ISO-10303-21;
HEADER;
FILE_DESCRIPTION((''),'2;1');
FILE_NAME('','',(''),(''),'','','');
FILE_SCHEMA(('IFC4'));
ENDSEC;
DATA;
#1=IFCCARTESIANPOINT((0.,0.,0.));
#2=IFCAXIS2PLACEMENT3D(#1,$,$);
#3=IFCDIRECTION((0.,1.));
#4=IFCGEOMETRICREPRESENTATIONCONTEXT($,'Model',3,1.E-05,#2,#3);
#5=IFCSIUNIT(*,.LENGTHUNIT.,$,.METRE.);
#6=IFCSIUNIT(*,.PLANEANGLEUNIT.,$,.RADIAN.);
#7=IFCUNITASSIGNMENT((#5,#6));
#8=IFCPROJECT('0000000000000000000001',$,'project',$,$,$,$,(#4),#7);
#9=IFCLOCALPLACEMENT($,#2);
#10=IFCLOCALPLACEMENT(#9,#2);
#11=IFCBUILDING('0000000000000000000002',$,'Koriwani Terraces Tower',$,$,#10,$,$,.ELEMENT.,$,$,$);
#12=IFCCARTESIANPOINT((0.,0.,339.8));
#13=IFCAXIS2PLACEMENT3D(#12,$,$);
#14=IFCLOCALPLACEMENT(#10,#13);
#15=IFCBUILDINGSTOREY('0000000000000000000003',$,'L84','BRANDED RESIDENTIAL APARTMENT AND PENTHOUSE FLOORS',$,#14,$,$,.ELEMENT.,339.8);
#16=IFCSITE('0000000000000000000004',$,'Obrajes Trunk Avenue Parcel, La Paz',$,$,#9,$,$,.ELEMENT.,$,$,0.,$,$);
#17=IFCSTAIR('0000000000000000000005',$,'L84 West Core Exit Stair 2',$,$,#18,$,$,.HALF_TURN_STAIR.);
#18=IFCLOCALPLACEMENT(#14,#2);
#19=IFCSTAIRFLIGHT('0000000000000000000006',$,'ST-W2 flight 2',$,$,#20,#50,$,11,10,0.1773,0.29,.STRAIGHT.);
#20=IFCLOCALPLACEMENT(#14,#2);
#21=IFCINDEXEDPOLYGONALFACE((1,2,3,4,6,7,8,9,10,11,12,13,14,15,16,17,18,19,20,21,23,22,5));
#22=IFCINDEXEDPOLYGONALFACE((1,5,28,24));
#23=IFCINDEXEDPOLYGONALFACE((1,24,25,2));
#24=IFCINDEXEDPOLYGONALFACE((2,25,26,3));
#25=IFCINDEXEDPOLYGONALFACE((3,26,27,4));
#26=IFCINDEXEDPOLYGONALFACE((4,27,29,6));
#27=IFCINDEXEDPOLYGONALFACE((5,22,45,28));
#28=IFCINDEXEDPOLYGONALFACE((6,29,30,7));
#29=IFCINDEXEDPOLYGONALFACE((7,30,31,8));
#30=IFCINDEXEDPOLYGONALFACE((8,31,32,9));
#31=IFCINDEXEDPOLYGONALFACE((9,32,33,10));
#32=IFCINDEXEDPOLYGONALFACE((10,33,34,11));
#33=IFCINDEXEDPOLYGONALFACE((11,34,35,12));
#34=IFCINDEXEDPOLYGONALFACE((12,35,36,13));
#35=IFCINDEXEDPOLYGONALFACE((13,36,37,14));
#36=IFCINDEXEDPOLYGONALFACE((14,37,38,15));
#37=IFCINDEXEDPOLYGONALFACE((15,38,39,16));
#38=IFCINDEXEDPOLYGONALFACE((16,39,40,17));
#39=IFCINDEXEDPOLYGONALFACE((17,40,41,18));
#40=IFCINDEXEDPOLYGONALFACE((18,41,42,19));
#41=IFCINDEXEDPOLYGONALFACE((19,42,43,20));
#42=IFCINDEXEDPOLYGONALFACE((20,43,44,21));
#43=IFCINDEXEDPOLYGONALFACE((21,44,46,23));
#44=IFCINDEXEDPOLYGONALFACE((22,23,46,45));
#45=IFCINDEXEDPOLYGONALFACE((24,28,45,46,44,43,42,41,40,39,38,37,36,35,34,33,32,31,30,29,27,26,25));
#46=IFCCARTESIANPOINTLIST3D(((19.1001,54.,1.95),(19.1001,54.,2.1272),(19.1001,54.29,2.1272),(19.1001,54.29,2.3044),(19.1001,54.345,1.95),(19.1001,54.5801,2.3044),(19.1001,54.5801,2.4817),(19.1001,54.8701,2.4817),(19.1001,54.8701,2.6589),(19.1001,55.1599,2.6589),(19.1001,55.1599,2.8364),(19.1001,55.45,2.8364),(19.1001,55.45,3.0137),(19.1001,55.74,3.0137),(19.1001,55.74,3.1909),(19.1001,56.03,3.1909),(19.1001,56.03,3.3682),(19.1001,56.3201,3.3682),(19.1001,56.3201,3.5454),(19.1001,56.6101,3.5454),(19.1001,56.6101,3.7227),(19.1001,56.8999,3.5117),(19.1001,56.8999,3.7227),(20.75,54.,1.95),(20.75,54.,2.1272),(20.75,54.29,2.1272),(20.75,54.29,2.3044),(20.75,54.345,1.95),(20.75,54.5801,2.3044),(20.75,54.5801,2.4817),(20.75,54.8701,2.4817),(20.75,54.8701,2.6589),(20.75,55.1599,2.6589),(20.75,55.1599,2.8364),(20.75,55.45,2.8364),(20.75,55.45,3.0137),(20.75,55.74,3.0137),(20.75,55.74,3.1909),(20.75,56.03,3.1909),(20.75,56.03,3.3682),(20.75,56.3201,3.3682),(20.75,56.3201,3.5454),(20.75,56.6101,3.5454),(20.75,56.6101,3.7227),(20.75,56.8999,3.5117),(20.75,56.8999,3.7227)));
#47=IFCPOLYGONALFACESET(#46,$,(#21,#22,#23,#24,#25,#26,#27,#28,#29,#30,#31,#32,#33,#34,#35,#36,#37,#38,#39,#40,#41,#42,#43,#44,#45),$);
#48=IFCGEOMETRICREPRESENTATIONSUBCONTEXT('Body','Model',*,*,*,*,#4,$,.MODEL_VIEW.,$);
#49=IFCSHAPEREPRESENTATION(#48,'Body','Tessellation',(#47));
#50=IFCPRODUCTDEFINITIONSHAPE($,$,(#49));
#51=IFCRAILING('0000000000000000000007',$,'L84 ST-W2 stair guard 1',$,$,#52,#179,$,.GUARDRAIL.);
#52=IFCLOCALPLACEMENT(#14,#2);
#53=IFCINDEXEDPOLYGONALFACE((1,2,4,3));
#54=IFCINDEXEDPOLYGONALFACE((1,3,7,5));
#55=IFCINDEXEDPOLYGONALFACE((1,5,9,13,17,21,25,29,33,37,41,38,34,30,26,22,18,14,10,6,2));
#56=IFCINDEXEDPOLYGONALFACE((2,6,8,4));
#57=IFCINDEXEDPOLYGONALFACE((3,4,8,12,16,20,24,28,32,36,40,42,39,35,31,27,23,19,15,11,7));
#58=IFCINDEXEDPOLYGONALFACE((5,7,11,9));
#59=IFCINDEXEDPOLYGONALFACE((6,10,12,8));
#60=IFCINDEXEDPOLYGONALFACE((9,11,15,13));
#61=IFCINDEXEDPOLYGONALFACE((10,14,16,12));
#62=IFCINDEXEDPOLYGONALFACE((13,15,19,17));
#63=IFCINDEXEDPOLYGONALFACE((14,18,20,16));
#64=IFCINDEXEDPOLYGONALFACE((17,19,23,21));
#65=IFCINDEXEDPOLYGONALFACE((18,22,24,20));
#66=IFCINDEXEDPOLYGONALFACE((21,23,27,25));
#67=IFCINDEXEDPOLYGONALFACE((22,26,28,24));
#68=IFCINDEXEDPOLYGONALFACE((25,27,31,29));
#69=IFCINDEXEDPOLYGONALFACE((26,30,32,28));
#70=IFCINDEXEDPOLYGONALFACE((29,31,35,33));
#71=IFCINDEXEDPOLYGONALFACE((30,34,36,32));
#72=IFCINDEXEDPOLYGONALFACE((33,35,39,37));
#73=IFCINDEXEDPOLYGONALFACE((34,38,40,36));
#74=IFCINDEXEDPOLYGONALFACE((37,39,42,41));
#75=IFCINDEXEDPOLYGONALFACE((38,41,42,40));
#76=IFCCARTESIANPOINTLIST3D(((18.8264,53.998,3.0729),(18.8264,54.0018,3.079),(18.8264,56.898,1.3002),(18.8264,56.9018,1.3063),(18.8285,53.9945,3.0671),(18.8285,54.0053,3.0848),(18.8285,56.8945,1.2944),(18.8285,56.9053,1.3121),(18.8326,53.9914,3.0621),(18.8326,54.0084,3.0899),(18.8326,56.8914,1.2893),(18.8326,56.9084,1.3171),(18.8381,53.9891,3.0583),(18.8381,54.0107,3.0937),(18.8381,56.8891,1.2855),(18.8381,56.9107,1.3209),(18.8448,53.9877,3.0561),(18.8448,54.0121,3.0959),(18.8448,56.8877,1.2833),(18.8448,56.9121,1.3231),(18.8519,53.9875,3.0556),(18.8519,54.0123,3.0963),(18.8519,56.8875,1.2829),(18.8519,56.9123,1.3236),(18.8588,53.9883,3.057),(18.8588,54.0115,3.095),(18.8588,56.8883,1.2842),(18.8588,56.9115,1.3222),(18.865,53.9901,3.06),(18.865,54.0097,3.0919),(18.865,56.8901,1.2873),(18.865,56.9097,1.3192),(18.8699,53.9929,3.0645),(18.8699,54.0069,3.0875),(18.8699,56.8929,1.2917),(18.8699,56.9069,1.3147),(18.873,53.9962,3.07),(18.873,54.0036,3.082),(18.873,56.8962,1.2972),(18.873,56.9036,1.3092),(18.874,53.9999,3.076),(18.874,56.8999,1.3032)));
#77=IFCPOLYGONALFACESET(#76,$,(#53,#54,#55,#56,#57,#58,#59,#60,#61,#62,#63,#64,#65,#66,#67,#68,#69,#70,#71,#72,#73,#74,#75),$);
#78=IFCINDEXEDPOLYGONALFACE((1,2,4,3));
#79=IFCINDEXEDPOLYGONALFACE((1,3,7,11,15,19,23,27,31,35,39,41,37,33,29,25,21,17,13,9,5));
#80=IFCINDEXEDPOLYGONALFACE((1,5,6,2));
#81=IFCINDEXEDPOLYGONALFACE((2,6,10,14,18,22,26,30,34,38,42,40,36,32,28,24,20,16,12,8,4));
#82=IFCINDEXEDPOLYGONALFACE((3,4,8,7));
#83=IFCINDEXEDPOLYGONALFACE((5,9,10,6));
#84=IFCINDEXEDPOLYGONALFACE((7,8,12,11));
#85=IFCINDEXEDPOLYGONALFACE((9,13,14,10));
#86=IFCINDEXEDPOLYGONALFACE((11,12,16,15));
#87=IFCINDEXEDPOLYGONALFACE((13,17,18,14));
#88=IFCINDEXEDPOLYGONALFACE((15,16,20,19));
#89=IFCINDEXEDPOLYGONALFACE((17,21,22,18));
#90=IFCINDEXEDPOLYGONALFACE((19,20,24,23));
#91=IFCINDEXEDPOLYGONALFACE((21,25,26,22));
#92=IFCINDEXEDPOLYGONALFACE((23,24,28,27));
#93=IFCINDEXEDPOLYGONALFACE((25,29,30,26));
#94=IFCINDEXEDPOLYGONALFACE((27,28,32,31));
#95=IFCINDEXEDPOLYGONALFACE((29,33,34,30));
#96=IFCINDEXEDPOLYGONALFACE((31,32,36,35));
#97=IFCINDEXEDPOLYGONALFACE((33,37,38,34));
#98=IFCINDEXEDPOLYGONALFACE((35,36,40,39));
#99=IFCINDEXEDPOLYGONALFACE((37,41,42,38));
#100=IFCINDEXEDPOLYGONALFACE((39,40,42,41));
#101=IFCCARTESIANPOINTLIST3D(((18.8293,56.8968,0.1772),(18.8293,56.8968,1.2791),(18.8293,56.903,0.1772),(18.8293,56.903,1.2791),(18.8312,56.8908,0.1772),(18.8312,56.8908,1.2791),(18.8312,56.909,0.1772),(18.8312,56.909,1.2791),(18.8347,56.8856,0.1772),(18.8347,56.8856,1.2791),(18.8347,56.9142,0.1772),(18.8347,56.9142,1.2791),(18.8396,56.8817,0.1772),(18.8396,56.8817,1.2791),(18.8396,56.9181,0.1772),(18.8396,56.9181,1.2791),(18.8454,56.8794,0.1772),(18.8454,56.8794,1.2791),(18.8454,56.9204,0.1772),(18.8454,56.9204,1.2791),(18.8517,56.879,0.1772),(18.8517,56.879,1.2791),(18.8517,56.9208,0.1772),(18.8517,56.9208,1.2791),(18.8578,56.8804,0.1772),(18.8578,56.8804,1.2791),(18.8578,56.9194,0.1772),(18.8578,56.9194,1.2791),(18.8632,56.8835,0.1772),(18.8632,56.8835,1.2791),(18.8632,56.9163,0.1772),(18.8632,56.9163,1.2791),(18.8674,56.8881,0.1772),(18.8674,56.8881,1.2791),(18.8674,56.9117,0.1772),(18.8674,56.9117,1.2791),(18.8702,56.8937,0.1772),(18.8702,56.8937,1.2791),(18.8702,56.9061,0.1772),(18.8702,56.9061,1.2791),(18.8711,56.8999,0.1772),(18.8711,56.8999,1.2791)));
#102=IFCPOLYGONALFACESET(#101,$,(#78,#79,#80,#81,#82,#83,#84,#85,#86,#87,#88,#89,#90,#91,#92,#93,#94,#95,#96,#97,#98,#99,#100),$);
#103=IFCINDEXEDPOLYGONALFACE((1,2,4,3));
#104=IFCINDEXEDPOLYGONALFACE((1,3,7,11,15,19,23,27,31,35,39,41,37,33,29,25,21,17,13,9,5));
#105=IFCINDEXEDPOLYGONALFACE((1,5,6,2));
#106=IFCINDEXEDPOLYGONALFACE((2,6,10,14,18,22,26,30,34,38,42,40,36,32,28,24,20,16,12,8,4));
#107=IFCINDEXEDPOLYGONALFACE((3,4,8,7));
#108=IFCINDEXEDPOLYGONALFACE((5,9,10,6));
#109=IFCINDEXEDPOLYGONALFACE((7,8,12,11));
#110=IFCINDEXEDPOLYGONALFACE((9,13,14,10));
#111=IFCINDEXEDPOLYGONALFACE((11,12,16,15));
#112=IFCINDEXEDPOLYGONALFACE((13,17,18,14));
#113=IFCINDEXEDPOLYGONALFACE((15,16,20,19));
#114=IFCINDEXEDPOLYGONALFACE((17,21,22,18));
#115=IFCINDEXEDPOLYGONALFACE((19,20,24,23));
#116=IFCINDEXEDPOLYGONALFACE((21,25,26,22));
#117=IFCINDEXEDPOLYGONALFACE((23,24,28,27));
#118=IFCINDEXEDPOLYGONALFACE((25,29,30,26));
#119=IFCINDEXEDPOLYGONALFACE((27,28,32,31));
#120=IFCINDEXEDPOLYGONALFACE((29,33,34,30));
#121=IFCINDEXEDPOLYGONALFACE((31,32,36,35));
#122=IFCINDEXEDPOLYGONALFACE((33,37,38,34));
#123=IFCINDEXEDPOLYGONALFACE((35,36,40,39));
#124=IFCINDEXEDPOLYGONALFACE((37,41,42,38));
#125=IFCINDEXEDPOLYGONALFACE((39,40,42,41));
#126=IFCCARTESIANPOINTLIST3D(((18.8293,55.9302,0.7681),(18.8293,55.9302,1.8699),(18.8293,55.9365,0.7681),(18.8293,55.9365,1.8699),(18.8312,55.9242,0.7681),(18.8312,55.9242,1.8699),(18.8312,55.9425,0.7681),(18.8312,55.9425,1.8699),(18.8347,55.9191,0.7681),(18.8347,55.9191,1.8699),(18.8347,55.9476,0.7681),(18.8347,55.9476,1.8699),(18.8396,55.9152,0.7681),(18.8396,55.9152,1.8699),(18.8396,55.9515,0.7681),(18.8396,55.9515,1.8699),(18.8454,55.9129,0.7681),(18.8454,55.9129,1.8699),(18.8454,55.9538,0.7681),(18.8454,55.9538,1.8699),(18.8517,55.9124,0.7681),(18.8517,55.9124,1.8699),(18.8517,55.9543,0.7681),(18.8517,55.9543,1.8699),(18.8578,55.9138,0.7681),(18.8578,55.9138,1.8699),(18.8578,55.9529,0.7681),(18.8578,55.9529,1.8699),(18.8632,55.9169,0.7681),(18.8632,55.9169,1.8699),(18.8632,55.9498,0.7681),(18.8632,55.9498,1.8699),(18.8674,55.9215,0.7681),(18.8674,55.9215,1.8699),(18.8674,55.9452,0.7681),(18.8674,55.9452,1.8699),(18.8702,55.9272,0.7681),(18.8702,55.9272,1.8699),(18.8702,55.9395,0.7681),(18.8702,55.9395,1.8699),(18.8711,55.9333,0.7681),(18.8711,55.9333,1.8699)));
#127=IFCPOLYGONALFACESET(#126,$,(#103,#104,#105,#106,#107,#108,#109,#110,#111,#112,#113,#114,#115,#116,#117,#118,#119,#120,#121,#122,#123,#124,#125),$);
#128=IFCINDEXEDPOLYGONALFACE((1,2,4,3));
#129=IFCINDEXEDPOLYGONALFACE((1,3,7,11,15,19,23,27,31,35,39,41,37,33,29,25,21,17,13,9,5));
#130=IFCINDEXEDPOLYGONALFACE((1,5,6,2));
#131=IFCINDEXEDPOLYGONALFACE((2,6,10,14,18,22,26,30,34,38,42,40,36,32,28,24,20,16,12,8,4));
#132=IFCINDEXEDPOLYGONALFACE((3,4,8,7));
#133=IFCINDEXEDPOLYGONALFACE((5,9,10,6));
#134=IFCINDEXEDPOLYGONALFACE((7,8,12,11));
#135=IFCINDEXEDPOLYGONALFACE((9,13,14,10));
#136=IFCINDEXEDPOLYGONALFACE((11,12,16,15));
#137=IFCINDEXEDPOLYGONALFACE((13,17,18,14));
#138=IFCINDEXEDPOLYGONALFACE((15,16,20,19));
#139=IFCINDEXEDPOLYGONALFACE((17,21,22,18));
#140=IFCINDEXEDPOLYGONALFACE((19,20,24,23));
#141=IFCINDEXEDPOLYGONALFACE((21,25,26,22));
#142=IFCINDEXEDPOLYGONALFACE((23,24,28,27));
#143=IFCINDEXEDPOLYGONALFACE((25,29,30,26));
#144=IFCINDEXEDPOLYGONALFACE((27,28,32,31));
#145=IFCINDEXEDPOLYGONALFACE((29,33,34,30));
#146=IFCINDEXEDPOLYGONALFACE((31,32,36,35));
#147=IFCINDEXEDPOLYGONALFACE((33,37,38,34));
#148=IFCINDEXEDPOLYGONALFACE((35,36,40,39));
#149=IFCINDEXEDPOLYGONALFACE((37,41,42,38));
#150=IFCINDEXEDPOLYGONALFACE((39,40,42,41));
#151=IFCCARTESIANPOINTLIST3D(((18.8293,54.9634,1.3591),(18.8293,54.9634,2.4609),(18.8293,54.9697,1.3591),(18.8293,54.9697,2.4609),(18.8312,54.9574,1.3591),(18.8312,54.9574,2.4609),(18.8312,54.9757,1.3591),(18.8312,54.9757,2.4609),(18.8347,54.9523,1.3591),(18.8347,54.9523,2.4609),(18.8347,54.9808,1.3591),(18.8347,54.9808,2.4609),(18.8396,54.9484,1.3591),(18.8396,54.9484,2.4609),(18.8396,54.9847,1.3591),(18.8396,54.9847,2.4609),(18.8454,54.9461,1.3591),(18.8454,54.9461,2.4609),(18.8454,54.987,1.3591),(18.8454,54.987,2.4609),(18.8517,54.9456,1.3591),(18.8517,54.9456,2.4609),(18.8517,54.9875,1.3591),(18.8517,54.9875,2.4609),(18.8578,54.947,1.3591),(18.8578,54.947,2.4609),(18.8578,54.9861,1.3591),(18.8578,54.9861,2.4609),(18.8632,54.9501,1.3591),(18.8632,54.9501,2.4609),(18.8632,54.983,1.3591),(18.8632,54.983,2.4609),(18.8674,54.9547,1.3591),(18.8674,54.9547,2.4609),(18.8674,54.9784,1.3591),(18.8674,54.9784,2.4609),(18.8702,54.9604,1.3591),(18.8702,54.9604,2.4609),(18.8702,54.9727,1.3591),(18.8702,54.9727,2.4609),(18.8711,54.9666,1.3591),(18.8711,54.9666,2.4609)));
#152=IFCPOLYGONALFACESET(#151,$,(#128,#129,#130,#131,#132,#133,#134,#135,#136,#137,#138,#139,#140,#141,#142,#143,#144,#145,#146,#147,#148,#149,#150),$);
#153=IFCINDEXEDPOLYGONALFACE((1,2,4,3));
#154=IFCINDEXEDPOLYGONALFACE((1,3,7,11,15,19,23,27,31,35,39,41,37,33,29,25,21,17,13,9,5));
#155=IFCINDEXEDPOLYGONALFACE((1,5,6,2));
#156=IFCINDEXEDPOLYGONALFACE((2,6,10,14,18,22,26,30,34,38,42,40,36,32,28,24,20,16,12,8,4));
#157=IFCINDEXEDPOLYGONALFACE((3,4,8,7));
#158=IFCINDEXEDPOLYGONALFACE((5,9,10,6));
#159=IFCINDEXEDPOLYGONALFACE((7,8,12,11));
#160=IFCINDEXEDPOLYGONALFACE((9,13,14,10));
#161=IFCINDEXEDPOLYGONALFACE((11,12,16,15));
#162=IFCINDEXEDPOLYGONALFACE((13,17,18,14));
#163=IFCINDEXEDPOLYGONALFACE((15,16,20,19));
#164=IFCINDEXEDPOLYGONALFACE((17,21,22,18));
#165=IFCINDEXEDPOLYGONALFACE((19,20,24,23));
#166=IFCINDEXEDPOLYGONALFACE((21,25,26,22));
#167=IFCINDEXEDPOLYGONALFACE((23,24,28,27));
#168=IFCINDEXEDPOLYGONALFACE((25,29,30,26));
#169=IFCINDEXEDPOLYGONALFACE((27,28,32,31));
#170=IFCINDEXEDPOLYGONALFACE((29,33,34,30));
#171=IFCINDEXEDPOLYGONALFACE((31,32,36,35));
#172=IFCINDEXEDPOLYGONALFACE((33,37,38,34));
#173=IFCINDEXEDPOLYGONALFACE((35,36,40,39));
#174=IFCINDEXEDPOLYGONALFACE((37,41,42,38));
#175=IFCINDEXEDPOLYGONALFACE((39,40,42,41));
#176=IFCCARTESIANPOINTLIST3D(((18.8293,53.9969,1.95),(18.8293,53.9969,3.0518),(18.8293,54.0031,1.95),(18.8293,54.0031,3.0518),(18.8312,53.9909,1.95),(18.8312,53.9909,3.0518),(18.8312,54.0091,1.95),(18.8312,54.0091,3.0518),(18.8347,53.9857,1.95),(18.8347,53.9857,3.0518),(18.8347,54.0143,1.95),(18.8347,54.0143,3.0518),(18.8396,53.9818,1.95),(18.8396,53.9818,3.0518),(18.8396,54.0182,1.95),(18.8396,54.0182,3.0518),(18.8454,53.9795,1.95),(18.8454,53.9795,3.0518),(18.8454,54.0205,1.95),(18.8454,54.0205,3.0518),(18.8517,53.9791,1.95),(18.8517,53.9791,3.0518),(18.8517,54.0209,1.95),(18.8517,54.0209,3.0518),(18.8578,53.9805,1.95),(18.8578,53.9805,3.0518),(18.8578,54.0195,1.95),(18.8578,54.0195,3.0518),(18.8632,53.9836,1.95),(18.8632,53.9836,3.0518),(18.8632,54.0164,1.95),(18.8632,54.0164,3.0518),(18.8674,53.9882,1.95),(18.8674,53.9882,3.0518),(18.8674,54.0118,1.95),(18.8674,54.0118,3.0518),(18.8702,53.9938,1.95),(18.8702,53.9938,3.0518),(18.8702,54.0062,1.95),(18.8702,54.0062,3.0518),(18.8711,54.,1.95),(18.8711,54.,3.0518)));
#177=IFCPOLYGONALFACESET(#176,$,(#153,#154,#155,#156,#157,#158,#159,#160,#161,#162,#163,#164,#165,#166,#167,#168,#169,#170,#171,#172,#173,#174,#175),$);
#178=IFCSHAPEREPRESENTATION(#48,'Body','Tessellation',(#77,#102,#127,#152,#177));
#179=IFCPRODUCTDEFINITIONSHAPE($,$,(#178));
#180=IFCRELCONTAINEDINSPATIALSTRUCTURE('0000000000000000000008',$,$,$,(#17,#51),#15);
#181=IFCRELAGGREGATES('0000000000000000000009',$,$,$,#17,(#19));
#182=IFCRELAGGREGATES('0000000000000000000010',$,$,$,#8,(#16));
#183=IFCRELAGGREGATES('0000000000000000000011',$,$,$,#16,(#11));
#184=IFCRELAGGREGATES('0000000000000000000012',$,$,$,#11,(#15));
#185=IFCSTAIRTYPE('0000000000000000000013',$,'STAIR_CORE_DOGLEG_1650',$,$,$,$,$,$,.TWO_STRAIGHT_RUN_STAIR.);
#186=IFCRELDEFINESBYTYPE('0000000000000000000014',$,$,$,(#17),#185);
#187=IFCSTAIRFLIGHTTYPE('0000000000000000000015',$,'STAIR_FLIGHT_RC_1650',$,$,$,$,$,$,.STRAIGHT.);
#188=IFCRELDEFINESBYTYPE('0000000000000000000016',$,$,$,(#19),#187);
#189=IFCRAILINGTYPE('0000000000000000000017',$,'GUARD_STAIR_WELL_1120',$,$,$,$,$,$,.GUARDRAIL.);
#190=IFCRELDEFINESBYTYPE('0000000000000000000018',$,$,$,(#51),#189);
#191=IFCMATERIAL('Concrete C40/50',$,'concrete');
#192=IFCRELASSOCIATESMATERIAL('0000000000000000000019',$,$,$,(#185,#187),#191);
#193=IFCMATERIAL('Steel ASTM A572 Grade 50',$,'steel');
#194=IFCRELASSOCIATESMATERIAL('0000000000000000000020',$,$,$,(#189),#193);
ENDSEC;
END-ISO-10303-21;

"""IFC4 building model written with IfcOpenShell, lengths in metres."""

from ifc_helpers import new_model, si_unit, direction, frame, origin, origin_2d, place, context, subcontext, project, spatial, polyline, circle, outline, extrude, material, type_object, element, aggregate, save


model = new_model("IFC4")

# Units and contexts
model_context = context("Model", 3, precision=1e-05, world=origin(), true_north=direction((0.0, 1.0)))
body_context = subcontext(model_context, "Body", "Model", "MODEL_VIEW")
ifc_project = project(units=[si_unit("LENGTHUNIT", "METRE"), si_unit("PLANEANGLEUNIT", "RADIAN")], contexts=[model_context])

# Site, building, storey
site_placement = place(None, origin())
site = spatial("IfcSite", under=ifc_project, at=site_placement, Name="Obrajes Trunk Avenue Parcel, La Paz", CompositionType="ELEMENT", RefElevation=0.0)
building_placement = place(site_placement, origin())
building = spatial("IfcBuilding", under=site, at=building_placement, Name="Koriwani Terraces Tower", CompositionType="ELEMENT")
storey_placement = place(building_placement, frame((0.0, 0.0, 339.8)))
storey = spatial("IfcBuildingStorey", under=building, at=storey_placement, Name="L84", Description="BRANDED RESIDENTIAL APARTMENT AND PENTHOUSE FLOORS", CompositionType="ELEMENT", Elevation=339.8)

# Shared definitions
ifc_material_1 = material(Name="Concrete C40/50", Category="concrete")
ifc_material_2 = material(Name="Steel ASTM A572 Grade 50", Category="steel")

# Stair, stair flight
stair_type = type_object("IfcStairType", Name="STAIR_CORE_DOGLEG_1650", PredefinedType="TWO_STRAIGHT_RUN_STAIR", material=ifc_material_1)
stair_placement = place(storey_placement, origin())
stair = element("IfcStair", 1, at=stair_placement, inside=storey, type_object=stair_type, Name="L84 West Core Exit Stair 2", PredefinedType="HALF_TURN_STAIR")
stair_flight_type = type_object("IfcStairFlightType", Name="STAIR_FLIGHT_RC_1650", PredefinedType="STRAIGHT", material=ifc_material_1)
stair_flight_1_placement = place(storey_placement, frame((19.925, 54.0, 1.95), z_axis=(0.0, 0.0, 1.0), x_axis=(0.0, 1.0, 0.0)))
stair_flight_1 = element("IfcStairFlight", 2, at=stair_flight_1_placement, type_object=stair_flight_type, Name="ST-W2 flight 2", NumberOfRisers=11, NumberOfTreads=10, PredefinedType="STRAIGHT", RiserHeight=0.1773, TreadLength=0.29, context=body_context, shape_type="SweptSolid", body=[
    extrude(outline(polyline([(0.0, 0.0), (0.0, 0.1772), (0.29, 0.1772), (0.29, 0.3545), (0.5801, 0.3545), (0.5801, 0.5317), (0.8701, 0.5317), (0.8701, 0.709), (1.1599, 0.709), (1.1599, 0.8865), (1.45, 0.8865), (1.45, 1.0637), (1.74, 1.0637), (1.74, 1.241), (2.03, 1.241), (2.03, 1.4182), (2.3201, 1.4182), (2.3201, 1.5955), (2.6101, 1.5955), (2.6101, 1.7727), (2.8999, 1.7727), (2.8999, 1.95), (2.8999, 1.5618), (0.345, 0.0), (0.0, 0.0)])), frame((0.0, 0.825, 0.0), z_axis=(0.0, -1.0, 0.0), x_axis=(1.0, 0.0, 0.0)), (0.0, 0.0, 1.0), 1.6499),
])
aggregate(stair, [stair_flight_1])

# Railing
railing_type_1 = type_object("IfcRailingType", Name="GUARD_STAIR_WELL_1120", PredefinedType="GUARDRAIL", material=ifc_material_2)
railing_1_placement = place(storey_placement, frame((18.8501, 56.8999, 0.1772)))
element("IfcRailing", 3, at=railing_1_placement, inside=storey, type_object=railing_type_1, Name="L84 ST-W2 stair guard 1", PredefinedType="GUARDRAIL", context=body_context, shape_type="SweptSolid", body=[
    extrude(circle(Radius=0.0239, at=origin_2d()), frame((0.0, 0.0, 1.126), z_axis=(0.0, -0.853211, 0.521566), x_axis=(1.0, 0.0, 0.0)), (0.0, 0.0, 1.0), 3.3989),
    extrude(circle(Radius=0.021, at=origin_2d()), origin(), (0.0, 0.0, 1.0), 1.1018),
    extrude(circle(Radius=0.021, at=origin_2d()), frame((0.0, -0.9666, 0.5908)), (0.0, 0.0, 1.0), 1.1018),
    extrude(circle(Radius=0.021, at=origin_2d()), frame((0.0, -1.9333, 1.1819)), (0.0, 0.0, 1.0), 1.1018),
    extrude(circle(Radius=0.021, at=origin_2d()), frame((0.0, -2.8999, 1.7727)), (0.0, 0.0, 1.0), 1.1018),
])

save(model, "model.ifc")
